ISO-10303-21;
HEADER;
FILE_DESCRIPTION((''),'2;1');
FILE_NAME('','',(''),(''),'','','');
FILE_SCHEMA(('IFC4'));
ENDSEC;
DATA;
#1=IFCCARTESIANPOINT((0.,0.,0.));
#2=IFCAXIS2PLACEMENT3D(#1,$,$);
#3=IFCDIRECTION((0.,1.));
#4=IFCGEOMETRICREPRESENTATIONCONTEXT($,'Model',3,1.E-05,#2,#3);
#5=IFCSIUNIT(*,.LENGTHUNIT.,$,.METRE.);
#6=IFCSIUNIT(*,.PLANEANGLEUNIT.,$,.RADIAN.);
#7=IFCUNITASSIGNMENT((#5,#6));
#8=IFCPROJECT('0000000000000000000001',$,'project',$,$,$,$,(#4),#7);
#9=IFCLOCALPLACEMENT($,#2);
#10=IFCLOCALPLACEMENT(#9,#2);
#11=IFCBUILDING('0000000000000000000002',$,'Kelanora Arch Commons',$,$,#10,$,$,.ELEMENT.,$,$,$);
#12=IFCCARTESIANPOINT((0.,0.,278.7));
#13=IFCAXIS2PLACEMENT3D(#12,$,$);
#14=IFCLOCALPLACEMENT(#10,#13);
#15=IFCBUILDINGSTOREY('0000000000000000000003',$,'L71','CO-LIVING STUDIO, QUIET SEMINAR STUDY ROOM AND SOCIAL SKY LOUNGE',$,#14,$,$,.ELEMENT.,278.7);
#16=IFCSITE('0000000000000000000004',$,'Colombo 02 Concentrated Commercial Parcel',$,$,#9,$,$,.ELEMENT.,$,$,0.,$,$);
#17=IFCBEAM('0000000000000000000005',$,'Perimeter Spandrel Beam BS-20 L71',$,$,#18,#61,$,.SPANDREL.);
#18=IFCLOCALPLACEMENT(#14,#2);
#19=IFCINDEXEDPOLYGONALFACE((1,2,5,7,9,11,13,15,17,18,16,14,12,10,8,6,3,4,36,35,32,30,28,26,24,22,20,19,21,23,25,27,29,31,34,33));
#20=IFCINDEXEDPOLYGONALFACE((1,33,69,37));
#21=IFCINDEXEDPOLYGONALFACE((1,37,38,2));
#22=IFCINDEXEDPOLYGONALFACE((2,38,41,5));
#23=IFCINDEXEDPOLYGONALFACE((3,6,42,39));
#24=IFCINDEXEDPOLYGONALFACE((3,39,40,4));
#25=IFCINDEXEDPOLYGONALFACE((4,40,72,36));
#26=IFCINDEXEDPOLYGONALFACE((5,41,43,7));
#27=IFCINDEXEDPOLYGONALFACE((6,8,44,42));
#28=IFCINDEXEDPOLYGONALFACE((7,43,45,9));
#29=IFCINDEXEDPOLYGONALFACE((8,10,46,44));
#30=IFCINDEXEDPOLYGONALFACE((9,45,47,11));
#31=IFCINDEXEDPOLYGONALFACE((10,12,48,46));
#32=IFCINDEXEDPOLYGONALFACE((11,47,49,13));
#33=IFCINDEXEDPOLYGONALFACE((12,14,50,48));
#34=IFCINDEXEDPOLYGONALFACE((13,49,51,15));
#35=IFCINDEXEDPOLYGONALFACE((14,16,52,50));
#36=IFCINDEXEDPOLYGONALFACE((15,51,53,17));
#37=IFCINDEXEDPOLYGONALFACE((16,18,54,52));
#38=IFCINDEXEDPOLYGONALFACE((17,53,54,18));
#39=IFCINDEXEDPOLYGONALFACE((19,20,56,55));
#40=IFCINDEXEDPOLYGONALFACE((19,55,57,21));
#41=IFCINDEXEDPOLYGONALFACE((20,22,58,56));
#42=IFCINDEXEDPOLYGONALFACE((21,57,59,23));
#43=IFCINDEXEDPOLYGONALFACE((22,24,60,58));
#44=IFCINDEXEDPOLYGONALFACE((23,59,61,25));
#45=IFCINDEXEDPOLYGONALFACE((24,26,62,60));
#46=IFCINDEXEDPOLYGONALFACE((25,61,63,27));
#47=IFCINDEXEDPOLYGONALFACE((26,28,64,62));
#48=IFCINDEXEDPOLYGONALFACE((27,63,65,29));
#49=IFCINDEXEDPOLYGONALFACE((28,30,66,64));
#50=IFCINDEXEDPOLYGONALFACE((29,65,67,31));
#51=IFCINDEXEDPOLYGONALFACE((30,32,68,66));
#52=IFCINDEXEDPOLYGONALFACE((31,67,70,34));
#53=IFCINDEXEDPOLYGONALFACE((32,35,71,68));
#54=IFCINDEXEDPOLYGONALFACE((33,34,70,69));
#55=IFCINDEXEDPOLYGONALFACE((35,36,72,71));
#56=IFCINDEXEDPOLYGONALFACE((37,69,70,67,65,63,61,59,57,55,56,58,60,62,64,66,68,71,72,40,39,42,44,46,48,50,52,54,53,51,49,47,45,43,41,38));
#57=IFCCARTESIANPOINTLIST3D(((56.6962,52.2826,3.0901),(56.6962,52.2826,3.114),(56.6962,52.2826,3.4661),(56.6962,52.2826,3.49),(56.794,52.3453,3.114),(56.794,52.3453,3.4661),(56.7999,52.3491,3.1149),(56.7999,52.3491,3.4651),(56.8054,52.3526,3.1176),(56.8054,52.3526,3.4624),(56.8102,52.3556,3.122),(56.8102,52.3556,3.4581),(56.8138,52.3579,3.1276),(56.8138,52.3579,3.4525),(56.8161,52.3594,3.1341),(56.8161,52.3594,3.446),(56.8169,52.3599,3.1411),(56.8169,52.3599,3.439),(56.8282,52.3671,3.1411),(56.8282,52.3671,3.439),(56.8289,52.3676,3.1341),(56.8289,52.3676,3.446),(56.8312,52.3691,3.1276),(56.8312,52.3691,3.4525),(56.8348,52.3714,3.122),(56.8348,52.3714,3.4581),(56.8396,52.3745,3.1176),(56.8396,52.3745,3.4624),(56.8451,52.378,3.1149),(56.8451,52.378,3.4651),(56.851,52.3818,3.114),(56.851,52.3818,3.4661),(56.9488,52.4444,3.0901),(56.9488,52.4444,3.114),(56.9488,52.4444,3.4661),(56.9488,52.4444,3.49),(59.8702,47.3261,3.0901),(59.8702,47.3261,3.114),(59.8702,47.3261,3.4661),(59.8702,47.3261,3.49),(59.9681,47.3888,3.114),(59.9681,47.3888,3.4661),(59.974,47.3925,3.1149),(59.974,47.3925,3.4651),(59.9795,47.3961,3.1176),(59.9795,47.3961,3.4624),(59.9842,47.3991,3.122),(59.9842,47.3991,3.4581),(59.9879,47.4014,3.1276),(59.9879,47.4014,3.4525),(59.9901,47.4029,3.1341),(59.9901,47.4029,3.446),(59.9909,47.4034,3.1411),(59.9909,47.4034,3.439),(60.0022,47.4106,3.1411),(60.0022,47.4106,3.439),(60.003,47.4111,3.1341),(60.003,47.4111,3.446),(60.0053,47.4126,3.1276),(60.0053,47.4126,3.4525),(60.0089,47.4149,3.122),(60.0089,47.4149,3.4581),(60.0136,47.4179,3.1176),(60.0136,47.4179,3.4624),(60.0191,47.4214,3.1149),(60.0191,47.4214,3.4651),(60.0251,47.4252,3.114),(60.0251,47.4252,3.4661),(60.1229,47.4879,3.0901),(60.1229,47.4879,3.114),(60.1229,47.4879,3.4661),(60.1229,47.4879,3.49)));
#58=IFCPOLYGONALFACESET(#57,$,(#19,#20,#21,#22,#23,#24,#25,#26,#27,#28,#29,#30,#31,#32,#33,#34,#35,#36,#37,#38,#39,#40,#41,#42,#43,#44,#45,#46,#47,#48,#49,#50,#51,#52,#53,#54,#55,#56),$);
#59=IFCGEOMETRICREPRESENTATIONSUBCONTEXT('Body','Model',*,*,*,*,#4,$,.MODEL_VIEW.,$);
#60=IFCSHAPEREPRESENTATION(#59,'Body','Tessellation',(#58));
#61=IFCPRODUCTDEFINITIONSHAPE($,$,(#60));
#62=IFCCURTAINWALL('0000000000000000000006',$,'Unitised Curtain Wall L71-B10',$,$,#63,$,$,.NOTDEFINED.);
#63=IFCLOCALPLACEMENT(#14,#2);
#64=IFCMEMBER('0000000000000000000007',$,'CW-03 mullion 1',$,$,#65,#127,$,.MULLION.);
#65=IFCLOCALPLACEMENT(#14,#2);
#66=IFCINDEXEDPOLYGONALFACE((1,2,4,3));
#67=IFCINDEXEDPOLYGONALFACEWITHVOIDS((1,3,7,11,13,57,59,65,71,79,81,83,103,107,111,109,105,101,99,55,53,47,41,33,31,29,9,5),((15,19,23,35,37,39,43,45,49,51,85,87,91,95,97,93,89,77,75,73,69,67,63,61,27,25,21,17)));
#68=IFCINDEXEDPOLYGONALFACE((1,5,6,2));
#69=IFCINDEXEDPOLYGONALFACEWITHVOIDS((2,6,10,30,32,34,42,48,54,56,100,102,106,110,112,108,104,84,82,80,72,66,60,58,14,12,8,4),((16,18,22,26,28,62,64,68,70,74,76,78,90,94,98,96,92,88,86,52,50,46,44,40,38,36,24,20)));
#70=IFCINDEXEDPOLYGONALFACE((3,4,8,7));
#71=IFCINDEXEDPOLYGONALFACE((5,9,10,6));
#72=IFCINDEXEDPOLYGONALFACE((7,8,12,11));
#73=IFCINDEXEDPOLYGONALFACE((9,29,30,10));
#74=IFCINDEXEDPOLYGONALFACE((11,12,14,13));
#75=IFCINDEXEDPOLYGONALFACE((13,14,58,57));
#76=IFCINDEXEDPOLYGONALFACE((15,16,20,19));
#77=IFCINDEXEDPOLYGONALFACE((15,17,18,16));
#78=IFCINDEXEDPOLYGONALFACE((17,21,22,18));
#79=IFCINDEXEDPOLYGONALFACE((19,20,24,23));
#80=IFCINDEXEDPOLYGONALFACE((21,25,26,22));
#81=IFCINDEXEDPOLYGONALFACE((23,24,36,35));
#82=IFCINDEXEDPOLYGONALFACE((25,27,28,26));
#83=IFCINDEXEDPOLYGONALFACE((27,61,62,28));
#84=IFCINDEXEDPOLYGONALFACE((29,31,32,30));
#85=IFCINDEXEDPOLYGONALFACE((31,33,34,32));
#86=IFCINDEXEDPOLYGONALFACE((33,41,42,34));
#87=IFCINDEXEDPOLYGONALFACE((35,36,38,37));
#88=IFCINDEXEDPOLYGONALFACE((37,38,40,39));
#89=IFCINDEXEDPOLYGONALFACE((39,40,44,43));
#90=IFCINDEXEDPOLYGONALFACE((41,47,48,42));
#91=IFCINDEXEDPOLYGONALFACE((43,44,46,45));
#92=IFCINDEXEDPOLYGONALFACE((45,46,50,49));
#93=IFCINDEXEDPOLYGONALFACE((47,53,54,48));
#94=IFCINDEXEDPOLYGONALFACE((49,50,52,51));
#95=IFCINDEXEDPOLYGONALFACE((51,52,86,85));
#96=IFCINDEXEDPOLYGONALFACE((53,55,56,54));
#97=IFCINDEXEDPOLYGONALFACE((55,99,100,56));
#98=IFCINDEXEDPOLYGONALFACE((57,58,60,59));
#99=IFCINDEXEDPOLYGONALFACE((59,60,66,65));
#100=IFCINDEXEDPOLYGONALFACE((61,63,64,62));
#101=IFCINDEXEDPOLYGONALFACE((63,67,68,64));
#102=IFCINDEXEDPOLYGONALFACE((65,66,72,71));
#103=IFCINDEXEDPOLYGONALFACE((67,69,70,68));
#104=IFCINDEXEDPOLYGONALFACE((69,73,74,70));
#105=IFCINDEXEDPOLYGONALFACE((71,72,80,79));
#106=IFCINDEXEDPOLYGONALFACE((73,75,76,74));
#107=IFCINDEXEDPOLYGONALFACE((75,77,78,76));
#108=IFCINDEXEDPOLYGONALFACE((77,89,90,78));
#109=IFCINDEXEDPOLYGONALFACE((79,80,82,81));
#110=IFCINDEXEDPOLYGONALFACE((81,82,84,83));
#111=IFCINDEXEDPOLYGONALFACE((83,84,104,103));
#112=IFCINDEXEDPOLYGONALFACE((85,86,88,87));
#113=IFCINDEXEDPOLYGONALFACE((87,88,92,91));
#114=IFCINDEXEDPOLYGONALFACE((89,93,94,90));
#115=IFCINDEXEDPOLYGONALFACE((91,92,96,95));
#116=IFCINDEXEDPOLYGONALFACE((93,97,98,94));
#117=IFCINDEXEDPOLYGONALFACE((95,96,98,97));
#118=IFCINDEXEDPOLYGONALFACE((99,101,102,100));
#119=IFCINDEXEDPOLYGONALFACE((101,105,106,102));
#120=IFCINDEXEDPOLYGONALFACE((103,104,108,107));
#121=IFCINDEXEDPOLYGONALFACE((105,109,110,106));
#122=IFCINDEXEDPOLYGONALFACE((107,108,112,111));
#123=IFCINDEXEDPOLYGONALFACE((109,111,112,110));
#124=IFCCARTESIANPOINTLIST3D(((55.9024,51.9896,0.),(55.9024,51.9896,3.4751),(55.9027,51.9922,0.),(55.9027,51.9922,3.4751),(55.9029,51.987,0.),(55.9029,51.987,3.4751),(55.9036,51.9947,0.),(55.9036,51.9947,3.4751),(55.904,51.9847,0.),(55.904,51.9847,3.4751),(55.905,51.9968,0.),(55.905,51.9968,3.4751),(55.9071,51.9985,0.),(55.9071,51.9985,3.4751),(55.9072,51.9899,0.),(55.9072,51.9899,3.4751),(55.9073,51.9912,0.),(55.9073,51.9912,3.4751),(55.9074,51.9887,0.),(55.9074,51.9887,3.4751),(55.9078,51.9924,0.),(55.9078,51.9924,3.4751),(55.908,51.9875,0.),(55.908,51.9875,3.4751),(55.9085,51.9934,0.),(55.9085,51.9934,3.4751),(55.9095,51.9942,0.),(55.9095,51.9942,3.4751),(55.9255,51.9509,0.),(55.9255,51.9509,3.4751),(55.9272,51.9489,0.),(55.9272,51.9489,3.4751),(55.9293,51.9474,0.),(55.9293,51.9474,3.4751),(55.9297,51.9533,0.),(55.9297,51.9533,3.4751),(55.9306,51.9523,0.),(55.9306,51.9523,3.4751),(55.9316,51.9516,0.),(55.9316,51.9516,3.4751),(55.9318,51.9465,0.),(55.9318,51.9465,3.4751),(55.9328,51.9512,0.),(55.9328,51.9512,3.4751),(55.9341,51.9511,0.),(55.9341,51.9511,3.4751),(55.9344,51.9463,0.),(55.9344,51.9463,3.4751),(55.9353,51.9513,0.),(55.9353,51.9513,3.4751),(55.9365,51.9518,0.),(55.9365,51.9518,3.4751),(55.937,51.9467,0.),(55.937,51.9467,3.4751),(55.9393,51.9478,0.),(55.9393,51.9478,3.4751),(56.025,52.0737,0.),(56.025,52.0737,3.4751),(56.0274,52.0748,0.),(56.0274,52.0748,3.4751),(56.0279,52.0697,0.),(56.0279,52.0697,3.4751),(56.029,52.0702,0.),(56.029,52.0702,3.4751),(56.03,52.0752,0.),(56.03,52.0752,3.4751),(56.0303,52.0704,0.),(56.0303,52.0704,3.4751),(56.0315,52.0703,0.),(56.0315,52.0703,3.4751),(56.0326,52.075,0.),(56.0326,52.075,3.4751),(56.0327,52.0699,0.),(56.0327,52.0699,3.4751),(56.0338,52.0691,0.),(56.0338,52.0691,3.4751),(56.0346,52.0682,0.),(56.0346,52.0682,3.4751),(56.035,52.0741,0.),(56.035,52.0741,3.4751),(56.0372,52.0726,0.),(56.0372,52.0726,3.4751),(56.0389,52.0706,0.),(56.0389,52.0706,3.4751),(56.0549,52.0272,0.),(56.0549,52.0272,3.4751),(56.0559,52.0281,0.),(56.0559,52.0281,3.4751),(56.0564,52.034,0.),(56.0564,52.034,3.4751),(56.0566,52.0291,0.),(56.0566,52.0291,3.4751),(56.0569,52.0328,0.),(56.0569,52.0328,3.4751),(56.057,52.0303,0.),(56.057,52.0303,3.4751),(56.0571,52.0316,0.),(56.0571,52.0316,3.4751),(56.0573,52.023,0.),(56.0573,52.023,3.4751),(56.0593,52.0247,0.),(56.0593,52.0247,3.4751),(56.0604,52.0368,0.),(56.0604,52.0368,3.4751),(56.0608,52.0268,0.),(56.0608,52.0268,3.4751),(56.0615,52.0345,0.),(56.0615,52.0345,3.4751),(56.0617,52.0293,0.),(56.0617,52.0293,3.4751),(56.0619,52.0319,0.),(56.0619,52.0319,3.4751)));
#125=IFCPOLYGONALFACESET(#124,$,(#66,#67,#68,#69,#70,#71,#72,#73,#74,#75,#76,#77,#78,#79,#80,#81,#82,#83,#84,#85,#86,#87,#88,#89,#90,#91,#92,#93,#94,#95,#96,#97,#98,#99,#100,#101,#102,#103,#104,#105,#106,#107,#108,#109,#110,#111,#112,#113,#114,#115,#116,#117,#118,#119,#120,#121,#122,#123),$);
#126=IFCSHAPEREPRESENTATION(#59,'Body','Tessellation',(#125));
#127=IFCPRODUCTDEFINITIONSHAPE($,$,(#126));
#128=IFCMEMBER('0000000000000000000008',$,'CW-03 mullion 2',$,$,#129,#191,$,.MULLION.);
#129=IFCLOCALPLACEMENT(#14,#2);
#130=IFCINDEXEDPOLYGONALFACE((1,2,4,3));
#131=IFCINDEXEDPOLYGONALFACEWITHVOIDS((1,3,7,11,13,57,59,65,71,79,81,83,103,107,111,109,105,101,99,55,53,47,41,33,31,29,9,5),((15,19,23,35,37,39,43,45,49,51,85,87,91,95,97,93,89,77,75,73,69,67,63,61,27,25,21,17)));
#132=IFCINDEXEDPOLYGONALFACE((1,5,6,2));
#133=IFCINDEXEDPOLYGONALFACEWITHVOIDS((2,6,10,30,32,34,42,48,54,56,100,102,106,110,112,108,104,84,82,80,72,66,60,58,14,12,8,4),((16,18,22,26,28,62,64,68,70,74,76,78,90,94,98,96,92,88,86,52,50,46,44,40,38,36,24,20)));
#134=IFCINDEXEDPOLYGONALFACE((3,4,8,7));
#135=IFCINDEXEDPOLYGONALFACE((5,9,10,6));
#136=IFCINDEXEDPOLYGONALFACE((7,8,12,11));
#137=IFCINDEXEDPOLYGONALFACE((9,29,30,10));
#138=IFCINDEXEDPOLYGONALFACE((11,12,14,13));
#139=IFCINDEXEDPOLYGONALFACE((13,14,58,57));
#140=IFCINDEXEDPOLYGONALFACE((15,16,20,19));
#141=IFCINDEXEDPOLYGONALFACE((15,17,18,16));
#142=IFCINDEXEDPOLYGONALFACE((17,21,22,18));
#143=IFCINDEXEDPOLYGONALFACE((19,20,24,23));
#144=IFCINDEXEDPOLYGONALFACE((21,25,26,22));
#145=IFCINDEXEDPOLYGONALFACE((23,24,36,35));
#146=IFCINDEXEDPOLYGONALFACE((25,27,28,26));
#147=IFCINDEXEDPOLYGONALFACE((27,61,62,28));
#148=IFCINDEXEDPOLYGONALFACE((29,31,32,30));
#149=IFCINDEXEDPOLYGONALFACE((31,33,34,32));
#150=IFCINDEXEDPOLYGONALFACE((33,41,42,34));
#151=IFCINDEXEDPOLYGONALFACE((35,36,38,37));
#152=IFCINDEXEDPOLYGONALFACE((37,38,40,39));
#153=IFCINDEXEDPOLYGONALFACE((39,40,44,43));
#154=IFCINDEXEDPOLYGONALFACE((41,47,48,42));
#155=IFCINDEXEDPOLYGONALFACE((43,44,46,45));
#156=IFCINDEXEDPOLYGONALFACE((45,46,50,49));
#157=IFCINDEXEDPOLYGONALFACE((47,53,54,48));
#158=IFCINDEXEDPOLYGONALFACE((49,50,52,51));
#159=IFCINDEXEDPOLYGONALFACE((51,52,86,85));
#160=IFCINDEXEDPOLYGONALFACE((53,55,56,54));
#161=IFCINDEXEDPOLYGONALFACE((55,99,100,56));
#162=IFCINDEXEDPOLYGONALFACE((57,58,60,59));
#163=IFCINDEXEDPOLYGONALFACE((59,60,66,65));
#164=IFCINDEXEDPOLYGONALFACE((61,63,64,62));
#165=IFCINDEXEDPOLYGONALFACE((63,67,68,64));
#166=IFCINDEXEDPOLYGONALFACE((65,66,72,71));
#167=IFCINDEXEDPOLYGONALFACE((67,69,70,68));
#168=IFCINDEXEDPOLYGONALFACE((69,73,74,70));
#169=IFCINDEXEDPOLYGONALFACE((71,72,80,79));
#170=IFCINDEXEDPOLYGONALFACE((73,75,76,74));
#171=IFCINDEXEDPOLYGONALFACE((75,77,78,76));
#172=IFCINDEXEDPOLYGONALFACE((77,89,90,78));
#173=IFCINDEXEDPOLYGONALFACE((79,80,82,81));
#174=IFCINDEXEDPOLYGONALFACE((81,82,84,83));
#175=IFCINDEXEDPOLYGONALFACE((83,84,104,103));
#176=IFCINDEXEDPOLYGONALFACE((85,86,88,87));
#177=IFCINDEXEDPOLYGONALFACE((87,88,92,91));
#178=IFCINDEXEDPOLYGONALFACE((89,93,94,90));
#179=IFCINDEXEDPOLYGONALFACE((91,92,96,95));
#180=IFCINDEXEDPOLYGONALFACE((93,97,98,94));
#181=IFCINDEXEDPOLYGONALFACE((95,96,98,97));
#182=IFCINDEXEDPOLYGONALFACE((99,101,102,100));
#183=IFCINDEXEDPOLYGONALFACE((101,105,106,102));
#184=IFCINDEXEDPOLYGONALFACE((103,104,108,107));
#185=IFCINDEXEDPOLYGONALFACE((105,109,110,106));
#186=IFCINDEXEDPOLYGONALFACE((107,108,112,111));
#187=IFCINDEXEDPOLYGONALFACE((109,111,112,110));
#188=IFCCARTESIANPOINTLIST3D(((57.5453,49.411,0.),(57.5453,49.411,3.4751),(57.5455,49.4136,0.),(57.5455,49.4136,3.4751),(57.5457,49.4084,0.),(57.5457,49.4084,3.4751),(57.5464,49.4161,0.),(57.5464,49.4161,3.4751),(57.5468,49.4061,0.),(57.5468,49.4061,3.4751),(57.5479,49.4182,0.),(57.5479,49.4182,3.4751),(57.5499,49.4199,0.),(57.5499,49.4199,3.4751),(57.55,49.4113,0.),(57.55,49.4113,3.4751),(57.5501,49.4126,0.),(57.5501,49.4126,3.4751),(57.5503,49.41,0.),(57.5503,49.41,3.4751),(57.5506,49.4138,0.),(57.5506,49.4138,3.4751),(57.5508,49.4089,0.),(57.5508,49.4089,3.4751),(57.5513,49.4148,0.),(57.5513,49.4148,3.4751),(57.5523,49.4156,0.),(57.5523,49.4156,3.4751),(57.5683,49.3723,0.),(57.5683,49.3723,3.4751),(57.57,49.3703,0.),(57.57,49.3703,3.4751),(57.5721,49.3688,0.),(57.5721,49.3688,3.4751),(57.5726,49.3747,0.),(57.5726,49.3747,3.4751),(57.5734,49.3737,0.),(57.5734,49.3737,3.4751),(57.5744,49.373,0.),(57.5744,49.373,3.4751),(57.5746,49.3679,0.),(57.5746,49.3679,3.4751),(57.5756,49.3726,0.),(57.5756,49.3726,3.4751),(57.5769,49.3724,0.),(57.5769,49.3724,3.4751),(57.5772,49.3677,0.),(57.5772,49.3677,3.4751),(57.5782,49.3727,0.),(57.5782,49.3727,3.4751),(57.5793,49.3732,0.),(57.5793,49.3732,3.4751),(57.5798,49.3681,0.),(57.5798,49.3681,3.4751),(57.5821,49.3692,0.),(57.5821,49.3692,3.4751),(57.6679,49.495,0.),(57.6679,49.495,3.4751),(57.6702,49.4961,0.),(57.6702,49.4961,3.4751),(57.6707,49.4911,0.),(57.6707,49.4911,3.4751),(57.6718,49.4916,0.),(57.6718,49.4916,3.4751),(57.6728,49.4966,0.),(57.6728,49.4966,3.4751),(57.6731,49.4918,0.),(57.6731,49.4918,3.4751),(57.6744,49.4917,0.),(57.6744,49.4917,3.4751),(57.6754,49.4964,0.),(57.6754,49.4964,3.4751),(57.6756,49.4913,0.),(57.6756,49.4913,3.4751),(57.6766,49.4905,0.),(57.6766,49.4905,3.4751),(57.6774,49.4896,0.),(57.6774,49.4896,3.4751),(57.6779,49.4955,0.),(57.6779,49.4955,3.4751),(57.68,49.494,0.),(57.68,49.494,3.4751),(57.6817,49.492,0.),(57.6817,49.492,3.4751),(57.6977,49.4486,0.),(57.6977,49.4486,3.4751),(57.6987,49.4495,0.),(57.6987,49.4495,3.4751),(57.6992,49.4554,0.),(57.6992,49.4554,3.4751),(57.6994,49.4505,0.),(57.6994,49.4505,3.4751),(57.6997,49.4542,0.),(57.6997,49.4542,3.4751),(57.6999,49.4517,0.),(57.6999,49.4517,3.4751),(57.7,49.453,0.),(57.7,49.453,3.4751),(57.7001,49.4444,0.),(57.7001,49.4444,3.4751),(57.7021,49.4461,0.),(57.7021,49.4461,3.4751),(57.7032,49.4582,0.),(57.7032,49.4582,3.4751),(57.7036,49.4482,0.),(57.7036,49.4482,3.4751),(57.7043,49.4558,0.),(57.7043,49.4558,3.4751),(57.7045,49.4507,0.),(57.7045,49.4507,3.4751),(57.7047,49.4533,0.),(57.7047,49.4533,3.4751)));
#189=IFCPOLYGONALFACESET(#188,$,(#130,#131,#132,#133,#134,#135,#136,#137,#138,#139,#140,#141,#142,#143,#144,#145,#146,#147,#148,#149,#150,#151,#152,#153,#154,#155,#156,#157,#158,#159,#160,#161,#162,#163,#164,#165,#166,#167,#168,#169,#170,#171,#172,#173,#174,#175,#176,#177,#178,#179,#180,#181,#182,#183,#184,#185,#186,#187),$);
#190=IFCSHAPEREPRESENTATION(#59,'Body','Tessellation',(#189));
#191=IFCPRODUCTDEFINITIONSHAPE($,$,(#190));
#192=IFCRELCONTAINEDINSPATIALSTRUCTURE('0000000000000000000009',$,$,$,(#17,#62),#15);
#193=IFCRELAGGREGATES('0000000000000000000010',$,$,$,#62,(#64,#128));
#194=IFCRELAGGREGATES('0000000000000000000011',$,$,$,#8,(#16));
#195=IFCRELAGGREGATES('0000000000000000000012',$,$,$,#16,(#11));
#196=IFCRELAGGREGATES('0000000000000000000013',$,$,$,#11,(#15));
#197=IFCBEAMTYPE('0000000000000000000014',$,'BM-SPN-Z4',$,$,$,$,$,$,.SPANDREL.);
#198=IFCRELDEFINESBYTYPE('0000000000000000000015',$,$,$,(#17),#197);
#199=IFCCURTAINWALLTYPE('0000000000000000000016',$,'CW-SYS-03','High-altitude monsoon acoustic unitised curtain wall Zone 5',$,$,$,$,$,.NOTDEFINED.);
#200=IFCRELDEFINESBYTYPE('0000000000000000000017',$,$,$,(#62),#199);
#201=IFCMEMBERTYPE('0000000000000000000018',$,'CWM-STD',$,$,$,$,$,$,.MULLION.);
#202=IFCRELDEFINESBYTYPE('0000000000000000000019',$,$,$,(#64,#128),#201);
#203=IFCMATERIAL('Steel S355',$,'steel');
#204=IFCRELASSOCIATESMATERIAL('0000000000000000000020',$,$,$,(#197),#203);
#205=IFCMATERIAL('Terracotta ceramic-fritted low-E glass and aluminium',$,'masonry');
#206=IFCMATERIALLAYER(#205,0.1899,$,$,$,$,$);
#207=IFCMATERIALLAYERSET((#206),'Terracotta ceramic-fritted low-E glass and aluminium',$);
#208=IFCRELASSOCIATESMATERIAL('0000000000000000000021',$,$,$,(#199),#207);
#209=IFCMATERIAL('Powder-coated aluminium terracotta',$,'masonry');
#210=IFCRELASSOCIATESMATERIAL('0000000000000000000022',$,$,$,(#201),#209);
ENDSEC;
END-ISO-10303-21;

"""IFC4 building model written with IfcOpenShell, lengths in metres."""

from ifc_helpers import new_model, si_unit, direction, frame, origin, origin_2d, place, context, subcontext, project, spatial, hollow_rectangle, i_section, extrude, material, layer, layer_set, material_profile, profile_set, type_object, element, aggregate, save


model = new_model("IFC4")

# Units and contexts
model_context = context("Model", 3, precision=1e-05, world=origin(), true_north=direction((0.0, 1.0)))
body_context = subcontext(model_context, "Body", "Model", "MODEL_VIEW")
ifc_project = project(units=[si_unit("LENGTHUNIT", "METRE"), si_unit("PLANEANGLEUNIT", "RADIAN")], contexts=[model_context])

# Site, building, storey
site_placement = place(None, origin())
site = spatial("IfcSite", under=ifc_project, at=site_placement, Name="Colombo 02 Concentrated Commercial Parcel", CompositionType="ELEMENT", RefElevation=0.0)
building_placement = place(site_placement, origin())
building = spatial("IfcBuilding", under=site, at=building_placement, Name="Kelanora Arch Commons", CompositionType="ELEMENT")
storey_placement = place(building_placement, frame((0.0, 0.0, 278.7)))
storey = spatial("IfcBuildingStorey", under=building, at=storey_placement, Name="L71", Description="CO-LIVING STUDIO, QUIET SEMINAR STUDY ROOM AND SOCIAL SKY LOUNGE", CompositionType="ELEMENT", Elevation=278.7)

# Beam
ifc_material_1 = material(Name="Steel S355", Category="steel")
ifc_material_profile_1 = material_profile(ifc_material_1, i_section(OverallWidth=0.3, OverallDepth=0.3999, WebThickness=0.0134, FlangeThickness=0.0239, FilletRadius=0.0271, at=origin_2d()), Name="HEB400")
ifc_profile_set_1 = profile_set([ifc_material_profile_1], Name="Steel S355")
beam_type_1 = type_object("IfcBeamType", Name="BM-SPN-Z4", PredefinedType="SPANDREL", material=ifc_profile_set_1)
beam_1_placement = place(storey_placement, frame((56.8225, 52.3635, 3.29), z_axis=(0.539281, -0.842126, 0.0), x_axis=(0.842126, 0.539281, 0.0)))
element("IfcBeam", 1, at=beam_1_placement, inside=storey, type_object=beam_type_1, Name="Perimeter Spandrel Beam BS-20 L71", PredefinedType="SPANDREL", context=body_context, shape_type="SweptSolid", body=[
    extrude(i_section(OverallWidth=0.3, OverallDepth=0.3999, WebThickness=0.0134, FlangeThickness=0.0239, FilletRadius=0.0271, at=origin_2d()), origin(), (0.0, 0.0, 1.0), 5.8857),
])

# Curtain wall, members
ifc_material_2 = material(Name="Terracotta ceramic-fritted low-E glass and aluminium", Category="masonry")
ifc_layer_1 = layer(ifc_material_2, 0.1899)
ifc_layer_set_1 = layer_set([ifc_layer_1], Name="Terracotta ceramic-fritted low-E glass and aluminium")
curtain_wall_type = type_object("IfcCurtainWallType", Name="CW-SYS-03", Description="High-altitude monsoon acoustic unitised curtain wall Zone 5", PredefinedType="NOTDEFINED", material=ifc_layer_set_1)
curtain_wall_placement = place(storey_placement, origin())
curtain_wall = element("IfcCurtainWall", 2, at=curtain_wall_placement, inside=storey, type_object=curtain_wall_type, Name="Unitised Curtain Wall L71-B10", PredefinedType="NOTDEFINED")
ifc_material_3 = material(Name="Powder-coated aluminium terracotta", Category="masonry")
ifc_material_profile_2 = material_profile(ifc_material_3, hollow_rectangle(XDim=0.1599, YDim=0.0601, WallThickness=0.0049, InnerFilletRadius=0.0049, OuterFilletRadius=0.01, at=origin_2d()), Name="CWM160x60")
ifc_profile_set_2 = profile_set([ifc_material_profile_2], Name="Powder-coated aluminium terracotta")
member_type_1 = type_object("IfcMemberType", Name="CWM-STD", PredefinedType="MULLION", material=ifc_profile_set_2)
member_1_placement = place(storey_placement, frame((55.9822, 52.0107, 0.0), z_axis=(0.0, 0.0, 1.0), x_axis=(0.843391, 0.5373, 0.0)))
member_1 = element("IfcMember", 3, at=member_1_placement, type_object=member_type_1, Name="CW-03 mullion 1", PredefinedType="MULLION", context=body_context, shape_type="SweptSolid", body=[
    extrude(hollow_rectangle(XDim=0.1599, YDim=0.0601, WallThickness=0.0049, InnerFilletRadius=0.0049, OuterFilletRadius=0.01, at=origin_2d()), origin(), (0.0, 0.0, 1.0), 3.4751),
])
member_2_placement = place(storey_placement, frame((57.625, 49.4321, 0.0), z_axis=(0.0, 0.0, 1.0), x_axis=(0.843391, 0.5373, 0.0)))
member_2 = element("IfcMember", 4, at=member_2_placement, type_object=member_type_1, Name="CW-03 mullion 2", PredefinedType="MULLION", context=body_context, shape_type="SweptSolid", body=[
    extrude(hollow_rectangle(XDim=0.1599, YDim=0.0601, WallThickness=0.0049, InnerFilletRadius=0.0049, OuterFilletRadius=0.01, at=origin_2d()), origin(), (0.0, 0.0, 1.0), 3.4751),
])

aggregate(curtain_wall, [member_1, member_2])

save(model, "model.ifc")
